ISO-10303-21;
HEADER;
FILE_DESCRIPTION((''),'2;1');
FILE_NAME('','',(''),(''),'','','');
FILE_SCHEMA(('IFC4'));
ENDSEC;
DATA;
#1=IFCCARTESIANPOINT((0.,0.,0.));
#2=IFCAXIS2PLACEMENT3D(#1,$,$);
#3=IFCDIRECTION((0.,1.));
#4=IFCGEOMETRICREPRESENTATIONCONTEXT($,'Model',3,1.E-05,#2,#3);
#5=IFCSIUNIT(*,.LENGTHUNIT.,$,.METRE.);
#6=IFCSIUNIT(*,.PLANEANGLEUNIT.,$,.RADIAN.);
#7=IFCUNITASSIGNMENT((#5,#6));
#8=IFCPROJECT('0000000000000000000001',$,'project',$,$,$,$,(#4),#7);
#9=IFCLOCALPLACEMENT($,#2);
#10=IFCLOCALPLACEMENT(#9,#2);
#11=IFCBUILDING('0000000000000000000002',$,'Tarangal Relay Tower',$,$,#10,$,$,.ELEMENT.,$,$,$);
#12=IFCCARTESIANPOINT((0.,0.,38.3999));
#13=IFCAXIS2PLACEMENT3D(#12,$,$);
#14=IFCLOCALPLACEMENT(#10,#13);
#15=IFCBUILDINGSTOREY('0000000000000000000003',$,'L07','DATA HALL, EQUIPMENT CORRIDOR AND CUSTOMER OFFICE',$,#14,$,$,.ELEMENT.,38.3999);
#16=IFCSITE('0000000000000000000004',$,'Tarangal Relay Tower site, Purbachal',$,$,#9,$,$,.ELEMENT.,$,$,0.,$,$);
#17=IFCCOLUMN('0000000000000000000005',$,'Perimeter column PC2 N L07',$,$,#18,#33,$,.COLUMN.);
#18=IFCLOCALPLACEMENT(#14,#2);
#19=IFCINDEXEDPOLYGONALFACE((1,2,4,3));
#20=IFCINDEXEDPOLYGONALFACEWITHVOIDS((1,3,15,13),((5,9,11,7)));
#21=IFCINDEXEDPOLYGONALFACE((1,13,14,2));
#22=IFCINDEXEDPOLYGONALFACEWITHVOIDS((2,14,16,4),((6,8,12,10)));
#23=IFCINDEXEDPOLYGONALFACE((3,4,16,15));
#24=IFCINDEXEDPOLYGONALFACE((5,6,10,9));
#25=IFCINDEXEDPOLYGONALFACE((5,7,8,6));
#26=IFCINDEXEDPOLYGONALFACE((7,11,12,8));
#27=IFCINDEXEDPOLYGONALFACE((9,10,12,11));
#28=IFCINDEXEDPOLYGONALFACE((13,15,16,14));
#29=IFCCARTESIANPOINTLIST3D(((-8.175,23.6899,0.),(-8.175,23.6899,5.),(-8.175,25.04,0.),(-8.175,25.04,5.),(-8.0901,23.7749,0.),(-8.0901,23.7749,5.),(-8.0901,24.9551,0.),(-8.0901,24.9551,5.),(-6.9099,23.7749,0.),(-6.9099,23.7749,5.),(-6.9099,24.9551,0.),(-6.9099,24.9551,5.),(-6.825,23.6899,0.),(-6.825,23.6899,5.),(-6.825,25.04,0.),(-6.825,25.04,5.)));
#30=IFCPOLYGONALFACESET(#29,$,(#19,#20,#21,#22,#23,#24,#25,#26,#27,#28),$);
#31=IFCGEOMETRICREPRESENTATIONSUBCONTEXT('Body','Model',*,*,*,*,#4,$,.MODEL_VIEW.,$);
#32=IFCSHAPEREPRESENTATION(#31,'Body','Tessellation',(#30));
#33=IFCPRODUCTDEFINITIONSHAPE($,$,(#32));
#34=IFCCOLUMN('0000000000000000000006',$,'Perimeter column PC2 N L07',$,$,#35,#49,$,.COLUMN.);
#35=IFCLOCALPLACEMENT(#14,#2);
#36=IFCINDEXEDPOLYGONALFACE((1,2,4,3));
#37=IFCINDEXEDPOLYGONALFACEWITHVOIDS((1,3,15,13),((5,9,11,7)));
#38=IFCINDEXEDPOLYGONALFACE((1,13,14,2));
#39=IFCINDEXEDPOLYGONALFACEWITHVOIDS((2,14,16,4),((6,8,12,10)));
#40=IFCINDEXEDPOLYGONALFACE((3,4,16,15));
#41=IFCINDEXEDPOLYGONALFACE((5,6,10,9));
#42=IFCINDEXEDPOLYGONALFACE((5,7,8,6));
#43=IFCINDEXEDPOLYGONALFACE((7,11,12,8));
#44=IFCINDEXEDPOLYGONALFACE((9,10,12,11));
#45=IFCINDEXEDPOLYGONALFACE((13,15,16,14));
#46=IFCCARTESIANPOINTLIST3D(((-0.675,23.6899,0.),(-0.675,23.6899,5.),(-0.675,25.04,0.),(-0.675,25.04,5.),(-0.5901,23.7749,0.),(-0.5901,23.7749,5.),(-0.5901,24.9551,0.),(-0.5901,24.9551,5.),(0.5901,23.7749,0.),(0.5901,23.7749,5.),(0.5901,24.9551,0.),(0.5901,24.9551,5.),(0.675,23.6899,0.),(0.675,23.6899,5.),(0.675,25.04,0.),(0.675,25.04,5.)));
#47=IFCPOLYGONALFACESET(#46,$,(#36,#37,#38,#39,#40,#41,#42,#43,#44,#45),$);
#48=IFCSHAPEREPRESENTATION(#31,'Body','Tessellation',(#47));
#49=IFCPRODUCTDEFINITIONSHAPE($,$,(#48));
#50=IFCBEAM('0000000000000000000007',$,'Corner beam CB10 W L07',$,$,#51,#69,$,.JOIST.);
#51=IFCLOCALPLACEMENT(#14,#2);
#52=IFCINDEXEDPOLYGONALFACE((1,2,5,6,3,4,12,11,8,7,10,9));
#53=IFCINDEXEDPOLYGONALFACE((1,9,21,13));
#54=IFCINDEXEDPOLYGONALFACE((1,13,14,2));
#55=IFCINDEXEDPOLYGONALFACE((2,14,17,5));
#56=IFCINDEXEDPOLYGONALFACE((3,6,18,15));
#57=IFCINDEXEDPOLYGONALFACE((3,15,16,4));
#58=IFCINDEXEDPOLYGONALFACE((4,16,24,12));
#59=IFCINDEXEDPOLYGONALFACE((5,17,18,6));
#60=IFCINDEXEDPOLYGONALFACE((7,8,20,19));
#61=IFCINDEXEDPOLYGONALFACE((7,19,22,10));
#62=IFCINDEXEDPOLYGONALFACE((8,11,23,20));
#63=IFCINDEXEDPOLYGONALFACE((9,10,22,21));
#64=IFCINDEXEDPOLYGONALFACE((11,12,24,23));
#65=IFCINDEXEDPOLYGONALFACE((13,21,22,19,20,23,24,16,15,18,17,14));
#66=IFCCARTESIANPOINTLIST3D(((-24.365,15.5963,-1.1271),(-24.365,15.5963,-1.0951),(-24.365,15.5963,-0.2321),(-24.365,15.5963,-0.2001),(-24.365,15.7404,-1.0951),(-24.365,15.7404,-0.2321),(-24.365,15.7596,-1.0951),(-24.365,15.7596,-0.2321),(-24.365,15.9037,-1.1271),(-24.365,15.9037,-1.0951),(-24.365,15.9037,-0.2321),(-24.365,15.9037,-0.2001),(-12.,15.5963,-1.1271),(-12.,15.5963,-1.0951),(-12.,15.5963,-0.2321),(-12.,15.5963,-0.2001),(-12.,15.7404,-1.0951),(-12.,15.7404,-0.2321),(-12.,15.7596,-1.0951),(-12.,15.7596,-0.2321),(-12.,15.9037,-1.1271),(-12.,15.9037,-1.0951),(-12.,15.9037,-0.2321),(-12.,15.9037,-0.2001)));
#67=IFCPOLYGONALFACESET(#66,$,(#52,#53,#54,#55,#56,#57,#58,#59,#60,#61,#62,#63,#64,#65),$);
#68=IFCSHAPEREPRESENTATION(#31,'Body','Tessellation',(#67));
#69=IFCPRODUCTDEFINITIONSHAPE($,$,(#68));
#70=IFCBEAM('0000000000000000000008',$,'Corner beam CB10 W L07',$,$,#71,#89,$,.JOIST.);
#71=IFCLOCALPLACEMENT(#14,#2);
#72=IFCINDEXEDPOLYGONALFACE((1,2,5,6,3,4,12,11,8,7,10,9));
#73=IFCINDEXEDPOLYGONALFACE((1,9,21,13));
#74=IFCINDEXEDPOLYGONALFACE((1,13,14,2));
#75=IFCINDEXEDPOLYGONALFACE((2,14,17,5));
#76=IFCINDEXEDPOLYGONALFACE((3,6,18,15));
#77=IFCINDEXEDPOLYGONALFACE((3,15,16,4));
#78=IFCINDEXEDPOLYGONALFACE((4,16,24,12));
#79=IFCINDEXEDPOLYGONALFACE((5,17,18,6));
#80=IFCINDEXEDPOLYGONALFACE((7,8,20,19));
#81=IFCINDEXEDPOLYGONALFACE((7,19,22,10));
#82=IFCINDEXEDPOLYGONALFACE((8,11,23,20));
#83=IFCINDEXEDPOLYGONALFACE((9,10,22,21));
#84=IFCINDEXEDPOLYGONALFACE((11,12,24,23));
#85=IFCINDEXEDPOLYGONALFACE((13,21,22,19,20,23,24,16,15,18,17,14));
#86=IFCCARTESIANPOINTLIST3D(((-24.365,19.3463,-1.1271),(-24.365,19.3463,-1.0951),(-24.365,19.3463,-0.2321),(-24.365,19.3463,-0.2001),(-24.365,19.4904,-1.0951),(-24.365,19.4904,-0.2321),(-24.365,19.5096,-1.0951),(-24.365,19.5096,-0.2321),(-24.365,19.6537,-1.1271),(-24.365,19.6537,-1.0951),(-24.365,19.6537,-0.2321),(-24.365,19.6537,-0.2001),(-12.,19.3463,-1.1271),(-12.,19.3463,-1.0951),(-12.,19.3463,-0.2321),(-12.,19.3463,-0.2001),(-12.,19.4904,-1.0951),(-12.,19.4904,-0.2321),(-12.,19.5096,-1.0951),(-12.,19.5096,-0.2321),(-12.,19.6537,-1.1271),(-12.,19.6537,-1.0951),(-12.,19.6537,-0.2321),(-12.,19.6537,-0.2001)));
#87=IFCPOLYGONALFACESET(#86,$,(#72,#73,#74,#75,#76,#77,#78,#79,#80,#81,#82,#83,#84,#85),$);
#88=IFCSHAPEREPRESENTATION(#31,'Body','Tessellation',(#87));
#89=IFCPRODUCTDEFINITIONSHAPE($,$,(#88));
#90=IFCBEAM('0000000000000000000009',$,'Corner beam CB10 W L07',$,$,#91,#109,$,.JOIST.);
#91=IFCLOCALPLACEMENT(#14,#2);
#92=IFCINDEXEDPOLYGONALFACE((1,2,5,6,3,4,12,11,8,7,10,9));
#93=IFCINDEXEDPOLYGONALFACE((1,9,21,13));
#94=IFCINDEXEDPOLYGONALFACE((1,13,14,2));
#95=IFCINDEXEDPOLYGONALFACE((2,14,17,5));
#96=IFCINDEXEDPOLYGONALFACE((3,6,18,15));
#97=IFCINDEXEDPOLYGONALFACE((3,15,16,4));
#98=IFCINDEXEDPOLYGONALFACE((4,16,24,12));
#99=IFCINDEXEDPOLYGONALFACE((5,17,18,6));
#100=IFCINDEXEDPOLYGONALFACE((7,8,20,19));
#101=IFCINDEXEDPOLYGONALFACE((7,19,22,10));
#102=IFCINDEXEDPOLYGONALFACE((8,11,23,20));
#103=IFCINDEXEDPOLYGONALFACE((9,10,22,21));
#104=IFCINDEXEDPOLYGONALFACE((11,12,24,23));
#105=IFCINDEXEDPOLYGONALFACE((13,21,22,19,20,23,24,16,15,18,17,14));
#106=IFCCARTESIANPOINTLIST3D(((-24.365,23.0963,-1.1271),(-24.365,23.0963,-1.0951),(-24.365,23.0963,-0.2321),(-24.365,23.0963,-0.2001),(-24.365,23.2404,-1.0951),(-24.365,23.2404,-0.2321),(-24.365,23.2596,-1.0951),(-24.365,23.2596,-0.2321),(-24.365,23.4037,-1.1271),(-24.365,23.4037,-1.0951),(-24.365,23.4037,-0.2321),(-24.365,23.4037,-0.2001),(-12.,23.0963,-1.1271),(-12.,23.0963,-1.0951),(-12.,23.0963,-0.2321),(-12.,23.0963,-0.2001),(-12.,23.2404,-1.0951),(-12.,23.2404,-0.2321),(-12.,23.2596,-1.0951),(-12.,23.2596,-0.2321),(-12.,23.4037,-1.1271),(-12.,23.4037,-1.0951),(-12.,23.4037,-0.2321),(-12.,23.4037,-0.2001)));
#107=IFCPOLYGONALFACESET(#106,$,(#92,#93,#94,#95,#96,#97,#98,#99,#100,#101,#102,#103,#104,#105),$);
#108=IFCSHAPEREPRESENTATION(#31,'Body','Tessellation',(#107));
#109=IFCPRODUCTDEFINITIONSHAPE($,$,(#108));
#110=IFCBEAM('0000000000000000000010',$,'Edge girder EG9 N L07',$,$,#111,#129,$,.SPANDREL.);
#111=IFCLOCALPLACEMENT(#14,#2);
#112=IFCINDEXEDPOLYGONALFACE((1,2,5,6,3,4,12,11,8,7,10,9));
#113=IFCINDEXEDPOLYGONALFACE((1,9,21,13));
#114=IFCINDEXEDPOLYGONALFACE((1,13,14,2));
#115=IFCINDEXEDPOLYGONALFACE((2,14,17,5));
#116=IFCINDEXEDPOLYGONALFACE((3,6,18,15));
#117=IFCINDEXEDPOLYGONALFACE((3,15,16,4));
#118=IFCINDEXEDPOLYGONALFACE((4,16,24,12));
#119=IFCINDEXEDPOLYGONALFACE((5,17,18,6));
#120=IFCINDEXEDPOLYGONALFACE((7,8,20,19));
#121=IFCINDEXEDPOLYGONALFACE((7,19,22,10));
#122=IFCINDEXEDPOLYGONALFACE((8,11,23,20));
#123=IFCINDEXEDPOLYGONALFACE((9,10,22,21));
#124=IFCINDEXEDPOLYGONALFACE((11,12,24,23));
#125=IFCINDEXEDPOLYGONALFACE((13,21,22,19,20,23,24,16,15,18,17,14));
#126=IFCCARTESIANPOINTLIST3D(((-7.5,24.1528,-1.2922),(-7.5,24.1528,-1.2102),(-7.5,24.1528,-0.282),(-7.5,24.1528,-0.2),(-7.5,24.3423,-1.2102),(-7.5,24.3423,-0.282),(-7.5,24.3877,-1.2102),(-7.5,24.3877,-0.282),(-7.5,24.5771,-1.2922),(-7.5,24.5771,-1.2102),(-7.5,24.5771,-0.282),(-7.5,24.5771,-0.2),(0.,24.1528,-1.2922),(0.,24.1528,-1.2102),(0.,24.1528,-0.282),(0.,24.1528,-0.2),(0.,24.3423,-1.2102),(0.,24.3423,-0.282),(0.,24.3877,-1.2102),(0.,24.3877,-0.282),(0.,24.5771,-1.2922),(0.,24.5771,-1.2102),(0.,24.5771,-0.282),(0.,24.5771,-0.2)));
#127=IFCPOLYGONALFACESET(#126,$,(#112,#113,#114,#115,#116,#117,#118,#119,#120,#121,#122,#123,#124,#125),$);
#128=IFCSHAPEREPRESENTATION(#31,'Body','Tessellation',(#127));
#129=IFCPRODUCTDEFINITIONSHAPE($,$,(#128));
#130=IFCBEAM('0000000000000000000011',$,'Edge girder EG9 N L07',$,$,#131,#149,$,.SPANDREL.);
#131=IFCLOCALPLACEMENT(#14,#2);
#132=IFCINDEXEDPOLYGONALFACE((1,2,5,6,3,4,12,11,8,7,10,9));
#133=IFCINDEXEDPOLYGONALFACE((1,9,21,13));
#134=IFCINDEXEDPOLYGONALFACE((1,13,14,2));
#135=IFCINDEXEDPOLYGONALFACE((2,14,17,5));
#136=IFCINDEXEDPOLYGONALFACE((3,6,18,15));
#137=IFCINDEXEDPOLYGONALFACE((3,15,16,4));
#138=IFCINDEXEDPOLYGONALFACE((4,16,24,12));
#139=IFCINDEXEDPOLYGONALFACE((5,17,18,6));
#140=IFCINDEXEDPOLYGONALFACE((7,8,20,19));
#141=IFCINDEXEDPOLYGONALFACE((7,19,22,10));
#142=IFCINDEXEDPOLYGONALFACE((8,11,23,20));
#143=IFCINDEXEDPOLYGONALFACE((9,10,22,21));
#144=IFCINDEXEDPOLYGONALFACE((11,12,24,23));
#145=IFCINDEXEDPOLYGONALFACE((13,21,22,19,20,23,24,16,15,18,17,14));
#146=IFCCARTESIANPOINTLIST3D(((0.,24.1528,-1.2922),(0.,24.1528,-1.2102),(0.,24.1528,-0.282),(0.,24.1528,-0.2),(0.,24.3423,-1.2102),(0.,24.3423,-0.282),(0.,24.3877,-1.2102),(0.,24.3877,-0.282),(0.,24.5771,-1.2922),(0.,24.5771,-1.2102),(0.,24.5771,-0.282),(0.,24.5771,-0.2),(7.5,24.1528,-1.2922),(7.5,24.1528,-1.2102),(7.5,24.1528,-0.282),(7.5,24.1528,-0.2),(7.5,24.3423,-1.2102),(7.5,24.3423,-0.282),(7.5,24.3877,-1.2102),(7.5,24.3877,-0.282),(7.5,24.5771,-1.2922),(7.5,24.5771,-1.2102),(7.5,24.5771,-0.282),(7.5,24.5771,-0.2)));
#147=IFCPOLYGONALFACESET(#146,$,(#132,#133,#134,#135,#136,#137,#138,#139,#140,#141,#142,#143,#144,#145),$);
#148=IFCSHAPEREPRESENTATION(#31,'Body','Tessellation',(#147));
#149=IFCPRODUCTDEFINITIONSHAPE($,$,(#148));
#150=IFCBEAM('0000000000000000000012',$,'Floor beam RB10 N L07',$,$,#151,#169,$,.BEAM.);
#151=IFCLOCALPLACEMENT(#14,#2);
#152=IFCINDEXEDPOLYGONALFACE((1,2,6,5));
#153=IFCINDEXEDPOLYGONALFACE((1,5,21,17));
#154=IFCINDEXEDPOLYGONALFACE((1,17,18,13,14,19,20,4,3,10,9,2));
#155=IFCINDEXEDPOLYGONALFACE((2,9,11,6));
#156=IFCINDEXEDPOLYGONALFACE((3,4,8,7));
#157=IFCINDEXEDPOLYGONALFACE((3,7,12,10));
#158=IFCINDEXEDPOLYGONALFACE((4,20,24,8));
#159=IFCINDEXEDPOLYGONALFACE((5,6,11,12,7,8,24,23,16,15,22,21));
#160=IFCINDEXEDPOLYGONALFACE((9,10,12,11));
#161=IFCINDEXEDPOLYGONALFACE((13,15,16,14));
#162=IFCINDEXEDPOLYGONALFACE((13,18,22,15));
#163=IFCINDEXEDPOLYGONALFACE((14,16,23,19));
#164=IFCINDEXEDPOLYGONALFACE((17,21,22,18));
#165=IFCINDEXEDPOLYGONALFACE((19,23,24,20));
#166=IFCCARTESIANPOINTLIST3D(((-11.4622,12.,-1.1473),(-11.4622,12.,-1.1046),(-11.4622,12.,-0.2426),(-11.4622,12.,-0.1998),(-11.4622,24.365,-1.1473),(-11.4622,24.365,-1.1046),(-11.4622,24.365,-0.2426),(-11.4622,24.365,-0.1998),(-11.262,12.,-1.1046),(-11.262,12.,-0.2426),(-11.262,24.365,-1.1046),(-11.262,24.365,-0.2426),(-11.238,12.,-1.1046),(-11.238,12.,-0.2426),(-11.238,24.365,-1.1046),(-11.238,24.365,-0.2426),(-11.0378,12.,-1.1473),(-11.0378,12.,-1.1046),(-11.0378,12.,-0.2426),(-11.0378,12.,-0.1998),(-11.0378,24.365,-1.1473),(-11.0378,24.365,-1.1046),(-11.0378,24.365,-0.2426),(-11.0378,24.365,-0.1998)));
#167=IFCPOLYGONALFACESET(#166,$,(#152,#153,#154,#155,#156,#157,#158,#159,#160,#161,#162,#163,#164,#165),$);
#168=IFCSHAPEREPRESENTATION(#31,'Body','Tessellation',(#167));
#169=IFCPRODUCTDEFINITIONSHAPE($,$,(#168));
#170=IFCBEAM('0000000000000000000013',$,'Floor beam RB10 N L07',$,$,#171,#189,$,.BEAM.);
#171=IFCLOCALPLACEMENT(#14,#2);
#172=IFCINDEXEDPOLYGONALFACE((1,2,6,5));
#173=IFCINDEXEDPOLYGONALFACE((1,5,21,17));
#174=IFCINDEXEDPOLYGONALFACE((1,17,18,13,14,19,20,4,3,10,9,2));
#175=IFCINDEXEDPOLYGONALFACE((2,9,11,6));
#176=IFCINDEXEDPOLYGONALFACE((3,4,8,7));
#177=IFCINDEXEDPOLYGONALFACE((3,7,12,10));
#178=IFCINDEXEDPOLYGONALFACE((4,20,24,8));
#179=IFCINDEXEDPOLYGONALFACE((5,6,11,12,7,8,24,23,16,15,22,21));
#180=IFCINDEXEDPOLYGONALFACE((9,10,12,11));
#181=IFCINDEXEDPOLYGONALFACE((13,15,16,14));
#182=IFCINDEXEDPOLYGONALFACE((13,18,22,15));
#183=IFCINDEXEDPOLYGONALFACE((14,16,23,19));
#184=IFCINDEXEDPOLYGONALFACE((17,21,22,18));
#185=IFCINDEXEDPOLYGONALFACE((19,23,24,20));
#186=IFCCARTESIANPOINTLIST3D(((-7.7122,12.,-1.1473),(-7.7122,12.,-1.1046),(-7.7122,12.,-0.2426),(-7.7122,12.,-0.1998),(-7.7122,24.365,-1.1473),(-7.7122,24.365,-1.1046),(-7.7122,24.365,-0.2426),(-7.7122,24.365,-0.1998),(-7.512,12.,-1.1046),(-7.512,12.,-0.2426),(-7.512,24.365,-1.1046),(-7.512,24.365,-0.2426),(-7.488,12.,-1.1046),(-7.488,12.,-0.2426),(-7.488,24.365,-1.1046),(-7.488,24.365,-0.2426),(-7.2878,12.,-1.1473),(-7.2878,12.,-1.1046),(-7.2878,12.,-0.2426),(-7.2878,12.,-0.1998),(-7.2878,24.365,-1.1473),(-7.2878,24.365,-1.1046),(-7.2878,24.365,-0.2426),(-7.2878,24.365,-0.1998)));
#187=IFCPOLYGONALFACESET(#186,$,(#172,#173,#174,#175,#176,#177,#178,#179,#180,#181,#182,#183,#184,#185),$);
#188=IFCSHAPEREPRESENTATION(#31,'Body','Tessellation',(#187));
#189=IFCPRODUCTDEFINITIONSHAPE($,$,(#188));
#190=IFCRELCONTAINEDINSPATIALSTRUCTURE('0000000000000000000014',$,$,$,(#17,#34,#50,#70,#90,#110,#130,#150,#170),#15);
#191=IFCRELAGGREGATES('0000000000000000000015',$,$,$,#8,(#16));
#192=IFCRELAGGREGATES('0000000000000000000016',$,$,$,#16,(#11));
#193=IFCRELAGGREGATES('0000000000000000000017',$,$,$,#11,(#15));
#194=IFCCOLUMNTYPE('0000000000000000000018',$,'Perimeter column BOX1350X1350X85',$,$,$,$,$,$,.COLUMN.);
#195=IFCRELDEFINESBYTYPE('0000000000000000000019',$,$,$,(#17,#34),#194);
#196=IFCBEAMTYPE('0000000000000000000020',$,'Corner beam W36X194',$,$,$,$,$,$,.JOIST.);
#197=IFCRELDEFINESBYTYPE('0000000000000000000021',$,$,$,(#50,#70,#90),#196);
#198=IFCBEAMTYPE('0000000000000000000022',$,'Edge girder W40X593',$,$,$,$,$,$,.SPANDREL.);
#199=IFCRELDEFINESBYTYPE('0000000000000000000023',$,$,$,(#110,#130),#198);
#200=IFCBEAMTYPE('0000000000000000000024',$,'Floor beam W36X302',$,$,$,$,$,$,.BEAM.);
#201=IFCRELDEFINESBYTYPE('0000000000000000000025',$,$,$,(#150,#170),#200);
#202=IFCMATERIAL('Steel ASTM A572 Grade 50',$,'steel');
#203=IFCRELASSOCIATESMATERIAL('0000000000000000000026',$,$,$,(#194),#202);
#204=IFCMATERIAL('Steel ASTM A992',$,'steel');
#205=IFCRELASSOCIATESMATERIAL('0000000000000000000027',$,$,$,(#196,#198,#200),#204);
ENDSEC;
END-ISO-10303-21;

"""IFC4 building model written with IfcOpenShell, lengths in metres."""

from ifc_helpers import new_model, si_unit, direction, frame, origin, origin_2d, place, context, subcontext, project, spatial, hollow_rectangle, i_section, extrude, material, material_profile, profile_set, type_object, element, save


model = new_model("IFC4")

# Units and contexts
model_context = context("Model", 3, precision=1e-05, world=origin(), true_north=direction((0.0, 1.0)))
body_context = subcontext(model_context, "Body", "Model", "MODEL_VIEW")
ifc_project = project(units=[si_unit("LENGTHUNIT", "METRE"), si_unit("PLANEANGLEUNIT", "RADIAN")], contexts=[model_context])

# Site, building, storey
site_placement = place(None, origin())
site = spatial("IfcSite", under=ifc_project, at=site_placement, Name="Tarangal Relay Tower site, Purbachal", CompositionType="ELEMENT", RefElevation=0.0)
building_placement = place(site_placement, origin())
building = spatial("IfcBuilding", under=site, at=building_placement, Name="Tarangal Relay Tower", CompositionType="ELEMENT")
storey_placement = place(building_placement, frame((0.0, 0.0, 38.3999)))
storey = spatial("IfcBuildingStorey", under=building, at=storey_placement, Name="L07", Description="DATA HALL, EQUIPMENT CORRIDOR AND CUSTOMER OFFICE", CompositionType="ELEMENT", Elevation=38.3999)

# Columns
ifc_material_1 = material(Name="Steel ASTM A572 Grade 50", Category="steel")
ifc_material_profile_1 = material_profile(ifc_material_1, hollow_rectangle(XDim=1.3501, YDim=1.3501, WallThickness=0.085, at=origin_2d()), Name="BOX1350X1350X85")
ifc_profile_set_1 = profile_set([ifc_material_profile_1], Name="Steel ASTM A572 Grade 50")
column_type = type_object("IfcColumnType", Name="Perimeter column BOX1350X1350X85", PredefinedType="COLUMN", material=ifc_profile_set_1)
for number, where, z_axis, x_axis, name in (
    (1, (-7.5, 24.365, 0.0), (0.0, 0.0, 1.0), (1.0, 0.0, 0.0), "Perimeter column PC2 N L07"),
    (2, (0.0, 24.365, 0.0), (0.0, 0.0, 1.0), (1.0, 0.0, 0.0), "Perimeter column PC2 N L07"),
):
    element("IfcColumn", number, at=place(storey_placement, frame(where, z_axis=z_axis, x_axis=x_axis)), inside=storey, type_object=column_type, Name=name, PredefinedType="COLUMN", context=body_context, shape_type="SweptSolid", body=[
        extrude(hollow_rectangle(XDim=1.3501, YDim=1.3501, WallThickness=0.085, at=origin_2d()), origin(), (0.0, 0.0, 1.0), 5.0),
    ])

# Beams
ifc_material_2 = material(Name="Steel ASTM A992", Category="steel")
ifc_material_profile_2 = material_profile(ifc_material_2, i_section(OverallWidth=0.3074, OverallDepth=0.927, WebThickness=0.0193, FlangeThickness=0.032, at=origin_2d()), Name="W36X194")
ifc_profile_set_2 = profile_set([ifc_material_profile_2], Name="Steel ASTM A992")
beam_type_1 = type_object("IfcBeamType", Name="Corner beam W36X194", PredefinedType="JOIST", material=ifc_profile_set_2)
for number, where, z_axis, x_axis, name in (
    (3, (-12.0, 15.75, -0.6636), (-1.0, 0.0, 0.0), (0.0, -1.0, 0.0), "Corner beam CB10 W L07"),
    (4, (-12.0, 19.5, -0.6636), (-1.0, 0.0, 0.0), (0.0, -1.0, 0.0), "Corner beam CB10 W L07"),
    (5, (-12.0, 23.25, -0.6636), (-1.0, 0.0, 0.0), (0.0, -1.0, 0.0), "Corner beam CB10 W L07"),
):
    element("IfcBeam", number, at=place(storey_placement, frame(where, z_axis=z_axis, x_axis=x_axis)), inside=storey, type_object=beam_type_1, Name=name, PredefinedType="JOIST", context=body_context, shape_type="SweptSolid", body=[
        extrude(i_section(OverallWidth=0.3074, OverallDepth=0.927, WebThickness=0.0193, FlangeThickness=0.032, at=origin_2d()), origin(), (0.0, 0.0, 1.0), 12.365),
    ])
ifc_material_profile_3 = material_profile(ifc_material_2, i_section(OverallWidth=0.4243, OverallDepth=1.0923, WebThickness=0.0454, FlangeThickness=0.082, at=origin_2d()), Name="W40X593")
ifc_profile_set_3 = profile_set([ifc_material_profile_3], Name="Steel ASTM A992")
beam_type_2 = type_object("IfcBeamType", Name="Edge girder W40X593", PredefinedType="SPANDREL", material=ifc_profile_set_3)
for number, where, z_axis, x_axis, name in (
    (6, (-7.5, 24.365, -0.7461), (1.0, 0.0, 0.0), (0.0, 1.0, 0.0), "Edge girder EG9 N L07"),
    (7, (0.0, 24.365, -0.7461), (1.0, 0.0, 0.0), (0.0, 1.0, 0.0), "Edge girder EG9 N L07"),
):
    element("IfcBeam", number, at=place(storey_placement, frame(where, z_axis=z_axis, x_axis=x_axis)), inside=storey, type_object=beam_type_2, Name=name, PredefinedType="SPANDREL", context=body_context, shape_type="SweptSolid", body=[
        extrude(i_section(OverallWidth=0.4243, OverallDepth=1.0923, WebThickness=0.0454, FlangeThickness=0.082, at=origin_2d()), origin(), (0.0, 0.0, 1.0), 7.5),
    ])
ifc_material_profile_4 = material_profile(ifc_material_2, i_section(OverallWidth=0.4243, OverallDepth=0.9475, WebThickness=0.0239, FlangeThickness=0.0427, at=origin_2d()), Name="W36X302")
ifc_profile_set_4 = profile_set([ifc_material_profile_4], Name="Steel ASTM A992")
beam_type_3 = type_object("IfcBeamType", Name="Floor beam W36X302", PredefinedType="BEAM", material=ifc_profile_set_4)
for number, where, z_axis, x_axis, name in (
    (8, (-11.25, 12.0, -0.6736), (0.0, 1.0, 0.0), (-1.0, 0.0, 0.0), "Floor beam RB10 N L07"),
    (9, (-7.5, 12.0, -0.6736), (0.0, 1.0, 0.0), (-1.0, 0.0, 0.0), "Floor beam RB10 N L07"),
):
    element("IfcBeam", number, at=place(storey_placement, frame(where, z_axis=z_axis, x_axis=x_axis)), inside=storey, type_object=beam_type_3, Name=name, PredefinedType="BEAM", context=body_context, shape_type="SweptSolid", body=[
        extrude(i_section(OverallWidth=0.4243, OverallDepth=0.9475, WebThickness=0.0239, FlangeThickness=0.0427, at=origin_2d()), origin(), (0.0, 0.0, 1.0), 12.365),
    ])

save(model, "model.ifc")
